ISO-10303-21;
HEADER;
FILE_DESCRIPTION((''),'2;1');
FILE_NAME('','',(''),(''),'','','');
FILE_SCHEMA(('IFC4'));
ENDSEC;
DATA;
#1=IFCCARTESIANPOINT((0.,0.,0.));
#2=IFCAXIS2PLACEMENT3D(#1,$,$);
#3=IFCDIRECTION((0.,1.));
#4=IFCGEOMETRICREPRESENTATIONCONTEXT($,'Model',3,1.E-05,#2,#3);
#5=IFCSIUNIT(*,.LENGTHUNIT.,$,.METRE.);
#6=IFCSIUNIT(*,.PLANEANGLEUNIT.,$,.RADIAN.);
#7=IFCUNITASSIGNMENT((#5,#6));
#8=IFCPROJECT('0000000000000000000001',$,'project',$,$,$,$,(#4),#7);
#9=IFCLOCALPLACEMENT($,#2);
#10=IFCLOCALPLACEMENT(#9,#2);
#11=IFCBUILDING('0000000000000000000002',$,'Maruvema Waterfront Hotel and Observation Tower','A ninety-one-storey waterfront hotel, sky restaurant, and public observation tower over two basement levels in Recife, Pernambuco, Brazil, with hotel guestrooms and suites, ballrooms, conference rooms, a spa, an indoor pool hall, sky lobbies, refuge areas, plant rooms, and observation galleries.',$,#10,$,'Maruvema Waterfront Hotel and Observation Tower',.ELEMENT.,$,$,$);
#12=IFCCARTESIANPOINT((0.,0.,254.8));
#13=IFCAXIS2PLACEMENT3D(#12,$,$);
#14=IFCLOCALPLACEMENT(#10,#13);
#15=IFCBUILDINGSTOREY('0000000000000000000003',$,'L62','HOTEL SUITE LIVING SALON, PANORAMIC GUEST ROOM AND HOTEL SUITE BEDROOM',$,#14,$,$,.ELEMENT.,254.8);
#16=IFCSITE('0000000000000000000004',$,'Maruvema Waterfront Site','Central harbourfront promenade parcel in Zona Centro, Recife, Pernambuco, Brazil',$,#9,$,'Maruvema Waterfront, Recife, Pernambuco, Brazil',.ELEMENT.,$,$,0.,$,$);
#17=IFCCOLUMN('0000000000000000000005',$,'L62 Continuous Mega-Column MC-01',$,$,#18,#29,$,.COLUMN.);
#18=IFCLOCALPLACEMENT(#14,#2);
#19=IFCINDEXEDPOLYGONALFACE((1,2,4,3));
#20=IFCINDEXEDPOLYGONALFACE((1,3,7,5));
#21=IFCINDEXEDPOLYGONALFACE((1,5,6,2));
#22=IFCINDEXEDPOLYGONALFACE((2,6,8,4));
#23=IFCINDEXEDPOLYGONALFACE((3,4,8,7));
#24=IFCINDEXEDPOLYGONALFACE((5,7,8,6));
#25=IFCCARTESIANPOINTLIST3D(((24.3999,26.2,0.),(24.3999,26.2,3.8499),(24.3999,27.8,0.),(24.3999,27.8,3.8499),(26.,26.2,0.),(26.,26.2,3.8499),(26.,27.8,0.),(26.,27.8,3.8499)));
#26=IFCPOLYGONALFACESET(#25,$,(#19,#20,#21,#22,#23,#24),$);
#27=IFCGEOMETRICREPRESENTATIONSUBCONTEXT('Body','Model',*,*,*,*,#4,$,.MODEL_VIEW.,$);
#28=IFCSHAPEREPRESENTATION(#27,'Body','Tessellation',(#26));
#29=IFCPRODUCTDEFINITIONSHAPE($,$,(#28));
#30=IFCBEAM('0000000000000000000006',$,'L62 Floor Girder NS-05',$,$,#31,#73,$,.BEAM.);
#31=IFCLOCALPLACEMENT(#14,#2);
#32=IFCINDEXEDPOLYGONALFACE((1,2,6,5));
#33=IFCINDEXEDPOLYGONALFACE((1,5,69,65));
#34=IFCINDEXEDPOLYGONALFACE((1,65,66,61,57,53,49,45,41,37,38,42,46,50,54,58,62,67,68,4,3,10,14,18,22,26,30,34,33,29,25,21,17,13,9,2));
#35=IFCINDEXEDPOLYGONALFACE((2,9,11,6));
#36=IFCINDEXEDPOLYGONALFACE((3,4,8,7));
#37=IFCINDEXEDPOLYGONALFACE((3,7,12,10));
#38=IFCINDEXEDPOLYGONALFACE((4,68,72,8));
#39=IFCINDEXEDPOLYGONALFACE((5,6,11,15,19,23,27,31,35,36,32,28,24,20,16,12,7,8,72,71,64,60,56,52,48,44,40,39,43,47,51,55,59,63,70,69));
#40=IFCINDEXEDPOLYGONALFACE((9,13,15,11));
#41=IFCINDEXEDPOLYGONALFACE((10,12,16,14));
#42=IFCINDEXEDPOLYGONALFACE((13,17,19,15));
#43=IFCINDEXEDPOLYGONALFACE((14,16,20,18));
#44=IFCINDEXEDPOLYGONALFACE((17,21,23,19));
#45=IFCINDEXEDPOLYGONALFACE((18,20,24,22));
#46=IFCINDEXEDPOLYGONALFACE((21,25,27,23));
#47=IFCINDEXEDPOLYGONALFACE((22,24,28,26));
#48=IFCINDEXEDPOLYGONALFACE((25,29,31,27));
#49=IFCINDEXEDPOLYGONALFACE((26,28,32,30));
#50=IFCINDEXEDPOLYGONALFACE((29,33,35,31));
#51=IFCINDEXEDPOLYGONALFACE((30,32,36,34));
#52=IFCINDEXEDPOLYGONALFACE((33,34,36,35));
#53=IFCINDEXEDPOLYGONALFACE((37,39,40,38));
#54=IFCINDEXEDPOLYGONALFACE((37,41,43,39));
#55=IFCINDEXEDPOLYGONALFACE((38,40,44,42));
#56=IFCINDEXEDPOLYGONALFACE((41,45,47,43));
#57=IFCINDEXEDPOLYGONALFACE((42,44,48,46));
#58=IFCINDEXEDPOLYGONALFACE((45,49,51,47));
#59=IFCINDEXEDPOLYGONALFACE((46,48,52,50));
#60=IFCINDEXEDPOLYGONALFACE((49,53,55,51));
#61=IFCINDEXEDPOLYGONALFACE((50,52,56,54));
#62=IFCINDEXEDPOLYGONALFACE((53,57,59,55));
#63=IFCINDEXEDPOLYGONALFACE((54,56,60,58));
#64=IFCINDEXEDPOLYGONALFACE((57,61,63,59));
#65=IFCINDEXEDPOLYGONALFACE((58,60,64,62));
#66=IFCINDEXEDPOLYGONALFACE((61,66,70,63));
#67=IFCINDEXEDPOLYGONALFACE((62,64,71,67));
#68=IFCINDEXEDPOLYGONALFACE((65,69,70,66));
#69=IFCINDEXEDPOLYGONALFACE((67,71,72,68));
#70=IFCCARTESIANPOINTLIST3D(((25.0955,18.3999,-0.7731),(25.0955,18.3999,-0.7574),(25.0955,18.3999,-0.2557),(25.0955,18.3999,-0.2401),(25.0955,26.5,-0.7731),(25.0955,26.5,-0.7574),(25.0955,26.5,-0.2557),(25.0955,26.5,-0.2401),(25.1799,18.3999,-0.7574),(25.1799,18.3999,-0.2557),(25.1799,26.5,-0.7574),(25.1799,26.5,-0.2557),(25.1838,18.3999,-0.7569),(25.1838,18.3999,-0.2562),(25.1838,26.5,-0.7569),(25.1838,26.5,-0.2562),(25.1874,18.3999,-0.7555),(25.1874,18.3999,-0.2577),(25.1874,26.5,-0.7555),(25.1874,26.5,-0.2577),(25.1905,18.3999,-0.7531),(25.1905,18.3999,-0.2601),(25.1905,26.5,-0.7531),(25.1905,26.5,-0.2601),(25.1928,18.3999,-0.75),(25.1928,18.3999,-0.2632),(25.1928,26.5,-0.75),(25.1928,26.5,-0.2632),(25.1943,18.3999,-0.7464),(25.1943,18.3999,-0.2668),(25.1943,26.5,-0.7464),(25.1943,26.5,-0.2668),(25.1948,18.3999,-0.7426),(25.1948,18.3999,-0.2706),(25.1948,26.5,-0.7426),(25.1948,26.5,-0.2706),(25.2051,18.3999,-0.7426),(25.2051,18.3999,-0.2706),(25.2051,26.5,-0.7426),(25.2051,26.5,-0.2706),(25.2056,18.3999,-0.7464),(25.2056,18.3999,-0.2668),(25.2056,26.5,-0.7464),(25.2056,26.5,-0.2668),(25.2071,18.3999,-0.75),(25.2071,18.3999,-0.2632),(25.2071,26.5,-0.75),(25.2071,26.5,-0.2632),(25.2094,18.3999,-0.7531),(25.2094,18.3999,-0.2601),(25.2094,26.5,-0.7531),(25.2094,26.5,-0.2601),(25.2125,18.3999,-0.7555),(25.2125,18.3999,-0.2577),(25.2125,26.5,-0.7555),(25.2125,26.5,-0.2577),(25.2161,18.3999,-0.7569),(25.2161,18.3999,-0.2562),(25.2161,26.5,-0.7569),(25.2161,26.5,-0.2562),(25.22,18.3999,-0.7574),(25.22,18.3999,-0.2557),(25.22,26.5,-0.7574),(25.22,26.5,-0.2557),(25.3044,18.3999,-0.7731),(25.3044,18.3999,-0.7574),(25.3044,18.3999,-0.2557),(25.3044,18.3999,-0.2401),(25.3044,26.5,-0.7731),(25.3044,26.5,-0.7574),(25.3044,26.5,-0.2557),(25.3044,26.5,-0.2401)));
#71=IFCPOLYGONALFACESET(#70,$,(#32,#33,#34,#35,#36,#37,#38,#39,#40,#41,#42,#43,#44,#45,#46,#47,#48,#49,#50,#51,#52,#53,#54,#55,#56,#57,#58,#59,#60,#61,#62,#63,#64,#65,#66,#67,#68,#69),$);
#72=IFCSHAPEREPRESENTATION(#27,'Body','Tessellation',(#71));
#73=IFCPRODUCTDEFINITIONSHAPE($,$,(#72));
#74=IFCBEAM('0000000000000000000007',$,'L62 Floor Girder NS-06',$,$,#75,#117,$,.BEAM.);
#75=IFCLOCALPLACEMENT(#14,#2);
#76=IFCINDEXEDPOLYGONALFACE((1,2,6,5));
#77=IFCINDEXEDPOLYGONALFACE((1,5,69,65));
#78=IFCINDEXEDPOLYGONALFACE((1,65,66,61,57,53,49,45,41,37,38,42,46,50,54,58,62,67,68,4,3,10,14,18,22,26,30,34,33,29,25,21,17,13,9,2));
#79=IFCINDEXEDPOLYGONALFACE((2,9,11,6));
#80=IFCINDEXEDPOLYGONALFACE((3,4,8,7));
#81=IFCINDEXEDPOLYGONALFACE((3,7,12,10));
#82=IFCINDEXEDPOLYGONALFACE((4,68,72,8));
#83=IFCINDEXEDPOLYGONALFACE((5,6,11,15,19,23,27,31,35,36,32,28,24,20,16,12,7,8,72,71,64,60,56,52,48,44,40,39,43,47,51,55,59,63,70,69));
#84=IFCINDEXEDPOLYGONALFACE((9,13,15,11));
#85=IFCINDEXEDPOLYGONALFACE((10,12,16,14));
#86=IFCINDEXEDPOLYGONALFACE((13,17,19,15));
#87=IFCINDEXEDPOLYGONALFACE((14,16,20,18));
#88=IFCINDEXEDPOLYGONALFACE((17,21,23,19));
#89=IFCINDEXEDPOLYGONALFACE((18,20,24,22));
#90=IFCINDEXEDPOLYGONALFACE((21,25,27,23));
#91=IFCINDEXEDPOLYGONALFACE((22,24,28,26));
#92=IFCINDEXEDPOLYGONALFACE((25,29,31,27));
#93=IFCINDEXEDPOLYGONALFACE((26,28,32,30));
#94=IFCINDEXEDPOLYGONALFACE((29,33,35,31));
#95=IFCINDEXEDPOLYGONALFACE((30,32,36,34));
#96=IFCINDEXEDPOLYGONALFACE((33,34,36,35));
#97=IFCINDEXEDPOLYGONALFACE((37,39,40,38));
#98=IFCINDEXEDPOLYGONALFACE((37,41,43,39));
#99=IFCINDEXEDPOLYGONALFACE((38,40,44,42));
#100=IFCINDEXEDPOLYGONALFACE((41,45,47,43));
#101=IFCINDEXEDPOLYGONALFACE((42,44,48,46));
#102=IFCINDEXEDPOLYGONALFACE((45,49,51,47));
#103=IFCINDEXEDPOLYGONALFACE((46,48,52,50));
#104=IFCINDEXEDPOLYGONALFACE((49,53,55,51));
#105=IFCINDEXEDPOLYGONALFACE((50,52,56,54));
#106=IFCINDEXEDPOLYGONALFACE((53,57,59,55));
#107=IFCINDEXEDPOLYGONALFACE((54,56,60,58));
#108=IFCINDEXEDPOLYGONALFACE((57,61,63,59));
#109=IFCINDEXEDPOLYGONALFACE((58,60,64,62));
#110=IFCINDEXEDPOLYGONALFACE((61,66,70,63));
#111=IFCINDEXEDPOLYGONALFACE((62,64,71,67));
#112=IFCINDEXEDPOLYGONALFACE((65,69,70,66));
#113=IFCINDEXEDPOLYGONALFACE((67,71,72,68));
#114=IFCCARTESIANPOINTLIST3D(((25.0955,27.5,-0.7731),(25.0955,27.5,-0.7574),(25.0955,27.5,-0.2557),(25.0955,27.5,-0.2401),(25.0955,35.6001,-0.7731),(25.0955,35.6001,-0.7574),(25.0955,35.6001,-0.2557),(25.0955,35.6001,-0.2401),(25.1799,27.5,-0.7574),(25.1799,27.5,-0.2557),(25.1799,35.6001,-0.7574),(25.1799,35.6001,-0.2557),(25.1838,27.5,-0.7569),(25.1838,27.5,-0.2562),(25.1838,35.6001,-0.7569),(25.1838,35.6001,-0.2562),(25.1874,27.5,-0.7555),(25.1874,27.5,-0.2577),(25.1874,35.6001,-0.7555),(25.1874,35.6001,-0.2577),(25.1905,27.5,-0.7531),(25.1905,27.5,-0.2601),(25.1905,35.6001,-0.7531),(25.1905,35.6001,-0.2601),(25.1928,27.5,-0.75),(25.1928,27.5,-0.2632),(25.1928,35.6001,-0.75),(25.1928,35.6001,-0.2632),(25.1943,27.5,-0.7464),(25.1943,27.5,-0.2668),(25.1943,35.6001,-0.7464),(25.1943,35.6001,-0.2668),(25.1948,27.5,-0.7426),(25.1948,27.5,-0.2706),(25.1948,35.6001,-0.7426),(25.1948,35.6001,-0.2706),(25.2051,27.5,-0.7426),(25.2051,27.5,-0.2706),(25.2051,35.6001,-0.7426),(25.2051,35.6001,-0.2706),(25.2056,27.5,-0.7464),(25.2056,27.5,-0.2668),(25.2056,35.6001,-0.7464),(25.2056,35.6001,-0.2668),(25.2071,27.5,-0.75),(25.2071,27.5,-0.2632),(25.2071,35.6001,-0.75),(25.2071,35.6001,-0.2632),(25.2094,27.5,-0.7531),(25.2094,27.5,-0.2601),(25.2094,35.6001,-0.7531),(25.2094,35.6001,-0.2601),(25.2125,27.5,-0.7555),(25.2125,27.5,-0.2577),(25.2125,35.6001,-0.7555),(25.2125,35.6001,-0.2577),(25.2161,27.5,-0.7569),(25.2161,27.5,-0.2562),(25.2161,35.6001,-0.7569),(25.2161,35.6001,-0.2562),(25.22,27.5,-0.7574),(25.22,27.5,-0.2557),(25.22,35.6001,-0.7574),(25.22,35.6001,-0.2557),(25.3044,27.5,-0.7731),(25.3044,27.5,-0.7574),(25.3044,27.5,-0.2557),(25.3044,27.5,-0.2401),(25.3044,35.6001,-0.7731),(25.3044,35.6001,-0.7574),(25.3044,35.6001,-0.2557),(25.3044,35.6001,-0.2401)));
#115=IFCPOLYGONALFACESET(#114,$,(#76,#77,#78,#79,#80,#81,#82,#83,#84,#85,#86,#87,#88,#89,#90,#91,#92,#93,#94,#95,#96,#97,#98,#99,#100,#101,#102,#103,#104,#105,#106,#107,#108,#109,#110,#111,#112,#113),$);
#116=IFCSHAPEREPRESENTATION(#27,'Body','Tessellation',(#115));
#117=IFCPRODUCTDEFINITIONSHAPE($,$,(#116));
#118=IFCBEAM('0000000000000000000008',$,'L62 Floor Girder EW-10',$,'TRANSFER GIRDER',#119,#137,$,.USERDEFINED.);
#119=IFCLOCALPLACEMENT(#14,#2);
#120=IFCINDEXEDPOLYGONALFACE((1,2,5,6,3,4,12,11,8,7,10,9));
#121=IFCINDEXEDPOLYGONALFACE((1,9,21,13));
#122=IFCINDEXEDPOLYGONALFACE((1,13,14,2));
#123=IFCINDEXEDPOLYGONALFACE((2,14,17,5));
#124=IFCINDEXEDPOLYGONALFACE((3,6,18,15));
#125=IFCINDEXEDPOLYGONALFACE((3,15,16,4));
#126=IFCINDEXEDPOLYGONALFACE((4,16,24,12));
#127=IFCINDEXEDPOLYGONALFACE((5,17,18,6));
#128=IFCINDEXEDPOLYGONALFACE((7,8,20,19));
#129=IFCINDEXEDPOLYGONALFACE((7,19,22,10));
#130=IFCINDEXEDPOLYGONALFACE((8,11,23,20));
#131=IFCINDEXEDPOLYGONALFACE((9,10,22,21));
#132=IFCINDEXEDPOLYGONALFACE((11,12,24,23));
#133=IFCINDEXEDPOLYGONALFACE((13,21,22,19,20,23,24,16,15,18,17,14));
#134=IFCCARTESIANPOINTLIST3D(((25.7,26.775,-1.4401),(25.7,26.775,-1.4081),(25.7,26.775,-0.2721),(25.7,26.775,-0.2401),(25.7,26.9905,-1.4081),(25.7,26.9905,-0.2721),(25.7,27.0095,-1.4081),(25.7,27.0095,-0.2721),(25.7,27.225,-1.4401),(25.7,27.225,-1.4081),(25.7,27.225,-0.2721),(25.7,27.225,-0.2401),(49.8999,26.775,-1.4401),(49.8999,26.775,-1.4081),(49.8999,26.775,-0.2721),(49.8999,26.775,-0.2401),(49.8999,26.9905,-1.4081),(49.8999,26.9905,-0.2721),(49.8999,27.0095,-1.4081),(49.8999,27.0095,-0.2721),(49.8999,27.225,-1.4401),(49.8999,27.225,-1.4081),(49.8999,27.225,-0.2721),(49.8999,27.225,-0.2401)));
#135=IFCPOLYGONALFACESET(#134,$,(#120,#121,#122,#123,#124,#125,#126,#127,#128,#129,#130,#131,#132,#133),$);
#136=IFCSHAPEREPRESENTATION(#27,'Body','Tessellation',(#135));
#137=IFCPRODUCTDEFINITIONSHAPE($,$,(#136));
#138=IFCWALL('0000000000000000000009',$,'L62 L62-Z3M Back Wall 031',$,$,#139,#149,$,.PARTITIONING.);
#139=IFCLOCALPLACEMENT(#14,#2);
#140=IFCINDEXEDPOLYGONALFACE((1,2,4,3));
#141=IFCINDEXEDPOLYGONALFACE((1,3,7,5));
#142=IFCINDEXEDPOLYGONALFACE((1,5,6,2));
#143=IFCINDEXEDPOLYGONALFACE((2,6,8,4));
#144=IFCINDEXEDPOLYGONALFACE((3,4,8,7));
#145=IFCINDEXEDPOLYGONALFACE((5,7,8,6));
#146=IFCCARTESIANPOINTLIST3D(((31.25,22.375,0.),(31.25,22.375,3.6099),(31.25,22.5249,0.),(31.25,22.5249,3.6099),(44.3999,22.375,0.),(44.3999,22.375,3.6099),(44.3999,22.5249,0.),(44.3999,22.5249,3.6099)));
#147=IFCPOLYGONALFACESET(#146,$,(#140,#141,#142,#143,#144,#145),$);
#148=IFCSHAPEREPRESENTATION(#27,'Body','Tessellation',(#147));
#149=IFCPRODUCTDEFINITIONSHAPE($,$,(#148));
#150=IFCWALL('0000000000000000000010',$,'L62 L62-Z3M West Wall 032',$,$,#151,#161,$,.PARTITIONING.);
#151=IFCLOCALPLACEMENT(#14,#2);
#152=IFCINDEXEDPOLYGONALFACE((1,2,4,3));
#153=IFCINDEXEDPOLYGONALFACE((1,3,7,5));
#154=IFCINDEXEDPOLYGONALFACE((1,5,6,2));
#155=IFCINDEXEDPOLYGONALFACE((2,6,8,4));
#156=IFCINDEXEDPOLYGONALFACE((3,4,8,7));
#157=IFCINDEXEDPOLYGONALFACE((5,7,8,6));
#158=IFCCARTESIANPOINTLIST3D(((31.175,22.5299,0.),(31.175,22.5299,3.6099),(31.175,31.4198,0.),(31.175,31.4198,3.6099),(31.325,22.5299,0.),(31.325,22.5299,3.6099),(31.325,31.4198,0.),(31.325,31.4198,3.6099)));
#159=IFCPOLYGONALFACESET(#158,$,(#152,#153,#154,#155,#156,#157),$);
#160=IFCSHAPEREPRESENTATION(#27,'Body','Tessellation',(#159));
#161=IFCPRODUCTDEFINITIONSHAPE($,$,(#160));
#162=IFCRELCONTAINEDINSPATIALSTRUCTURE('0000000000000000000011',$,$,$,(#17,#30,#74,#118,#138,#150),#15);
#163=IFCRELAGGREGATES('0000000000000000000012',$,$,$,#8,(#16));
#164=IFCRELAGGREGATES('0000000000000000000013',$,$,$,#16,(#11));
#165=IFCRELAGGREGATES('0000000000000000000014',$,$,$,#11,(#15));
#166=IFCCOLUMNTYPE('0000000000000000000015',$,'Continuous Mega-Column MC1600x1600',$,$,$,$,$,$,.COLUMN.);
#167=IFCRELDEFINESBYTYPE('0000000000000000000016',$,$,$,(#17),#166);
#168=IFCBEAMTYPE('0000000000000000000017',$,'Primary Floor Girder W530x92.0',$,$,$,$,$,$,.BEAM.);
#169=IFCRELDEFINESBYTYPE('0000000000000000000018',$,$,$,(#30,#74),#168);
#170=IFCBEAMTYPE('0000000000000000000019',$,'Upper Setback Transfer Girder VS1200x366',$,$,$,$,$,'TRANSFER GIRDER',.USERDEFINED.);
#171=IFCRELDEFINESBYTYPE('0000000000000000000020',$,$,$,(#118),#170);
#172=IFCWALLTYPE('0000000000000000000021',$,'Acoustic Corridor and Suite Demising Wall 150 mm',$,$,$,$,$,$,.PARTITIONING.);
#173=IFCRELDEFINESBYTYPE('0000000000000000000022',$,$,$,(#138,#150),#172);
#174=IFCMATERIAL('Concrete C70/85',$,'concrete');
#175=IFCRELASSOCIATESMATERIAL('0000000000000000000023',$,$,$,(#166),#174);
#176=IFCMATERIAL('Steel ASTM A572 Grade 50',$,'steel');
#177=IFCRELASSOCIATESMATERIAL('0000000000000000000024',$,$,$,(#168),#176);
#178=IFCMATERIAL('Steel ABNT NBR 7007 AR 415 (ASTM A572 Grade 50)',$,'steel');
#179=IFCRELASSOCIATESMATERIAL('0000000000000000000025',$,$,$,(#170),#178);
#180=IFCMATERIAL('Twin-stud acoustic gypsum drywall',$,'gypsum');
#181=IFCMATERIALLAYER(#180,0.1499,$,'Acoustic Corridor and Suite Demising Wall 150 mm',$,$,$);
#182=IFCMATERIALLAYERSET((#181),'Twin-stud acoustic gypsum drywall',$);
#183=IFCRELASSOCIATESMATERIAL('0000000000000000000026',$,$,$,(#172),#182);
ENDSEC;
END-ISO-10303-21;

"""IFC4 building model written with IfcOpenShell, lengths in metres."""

from ifc_helpers import new_model, si_unit, direction, frame, frame_2d, origin, origin_2d, place, context, subcontext, project, spatial, rectangle, i_section, extrude, material, layer, layer_set, material_profile, profile_set, type_object, element, save


model = new_model("IFC4")

# Units and contexts
model_context = context("Model", 3, precision=1e-05, world=origin(), true_north=direction((0.0, 1.0)))
body_context = subcontext(model_context, "Body", "Model", "MODEL_VIEW")
ifc_project = project(units=[si_unit("LENGTHUNIT", "METRE"), si_unit("PLANEANGLEUNIT", "RADIAN")], contexts=[model_context])

# Site, building, storey
site_placement = place(None, origin())
site = spatial("IfcSite", under=ifc_project, at=site_placement, Name="Maruvema Waterfront Site", Description="Central harbourfront promenade parcel in Zona Centro, Recife, Pernambuco, Brazil", LongName="Maruvema Waterfront, Recife, Pernambuco, Brazil", CompositionType="ELEMENT", RefElevation=0.0)
building_placement = place(site_placement, origin())
building = spatial("IfcBuilding", under=site, at=building_placement, Name="Maruvema Waterfront Hotel and Observation Tower", Description="A ninety-one-storey waterfront hotel, sky restaurant, and public observation tower over two basement levels in Recife, Pernambuco, Brazil, with hotel guestrooms and suites, ballrooms, conference rooms, a spa, an indoor pool hall, sky lobbies, refuge areas, plant rooms, and observation galleries.", LongName="Maruvema Waterfront Hotel and Observation Tower", CompositionType="ELEMENT")
storey_placement = place(building_placement, frame((0.0, 0.0, 254.8)))
storey = spatial("IfcBuildingStorey", under=building, at=storey_placement, Name="L62", Description="HOTEL SUITE LIVING SALON, PANORAMIC GUEST ROOM AND HOTEL SUITE BEDROOM", CompositionType="ELEMENT", Elevation=254.8)

# Column
ifc_material_1 = material(Name="Concrete C70/85", Category="concrete")
ifc_material_profile_1 = material_profile(ifc_material_1, rectangle(XDim=1.6001, YDim=1.6001, at=origin_2d()), Name="MC1600x1600")
ifc_profile_set_1 = profile_set([ifc_material_profile_1], Name="Concrete C70/85")
column_type = type_object("IfcColumnType", Name="Continuous Mega-Column MC1600x1600", PredefinedType="COLUMN", material=ifc_profile_set_1)
column_placement = place(storey_placement, frame((25.2, 27.0, 0.0), z_axis=(0.0, 0.0, 1.0), x_axis=(1.0, 0.0, 0.0)))
element("IfcColumn", 1, at=column_placement, inside=storey, type_object=column_type, Name="L62 Continuous Mega-Column MC-01", PredefinedType="COLUMN", context=body_context, shape_type="SweptSolid", body=[
    extrude(rectangle(XDim=1.6001, YDim=1.6001, at=origin_2d()), origin(), (0.0, 0.0, 1.0), 3.8499),
])

# Beams
ifc_material_2 = material(Name="Steel ASTM A572 Grade 50", Category="steel")
ifc_material_profile_2 = material_profile(ifc_material_2, i_section(OverallWidth=0.209, OverallDepth=0.533, WebThickness=0.0103, FlangeThickness=0.0156, FilletRadius=0.0149, at=origin_2d()), Name="W530x92.0")
ifc_profile_set_2 = profile_set([ifc_material_profile_2], Name="Steel ASTM A572 Grade 50")
beam_type_1 = type_object("IfcBeamType", Name="Primary Floor Girder W530x92.0", PredefinedType="BEAM", material=ifc_profile_set_2)
for number, where, z_axis, x_axis, name in (
    (2, (25.2, 18.3999, -0.5066), (0.0, 1.0, 0.0), (-1.0, 0.0, 0.0), "L62 Floor Girder NS-05"),
    (3, (25.2, 27.5, -0.5066), (0.0, 1.0, 0.0), (-1.0, 0.0, 0.0), "L62 Floor Girder NS-06"),
):
    element("IfcBeam", number, at=place(storey_placement, frame(where, z_axis=z_axis, x_axis=x_axis)), inside=storey, type_object=beam_type_1, Name=name, PredefinedType="BEAM", context=body_context, shape_type="SweptSolid", body=[
        extrude(i_section(OverallWidth=0.209, OverallDepth=0.533, WebThickness=0.0103, FlangeThickness=0.0156, FilletRadius=0.0149, at=origin_2d()), origin(), (0.0, 0.0, 1.0), 8.1001),
    ])
ifc_material_3 = material(Name="Steel ABNT NBR 7007 AR 415 (ASTM A572 Grade 50)", Category="steel")
ifc_material_profile_3 = material_profile(ifc_material_3, i_section(OverallWidth=0.45, OverallDepth=1.2, WebThickness=0.019, FlangeThickness=0.032, at=origin_2d()), Name="VS1200x366")
ifc_profile_set_3 = profile_set([ifc_material_profile_3], Name="Steel ABNT NBR 7007 AR 415 (ASTM A572 Grade 50)")
beam_type_2 = type_object("IfcBeamType", Name="Upper Setback Transfer Girder VS1200x366", ElementType="TRANSFER GIRDER", PredefinedType="USERDEFINED", material=ifc_profile_set_3)
beam_placement = place(storey_placement, frame((25.7, 27.0, -0.8401), z_axis=(1.0, 0.0, 0.0), x_axis=(0.0, 1.0, 0.0)))
element("IfcBeam", 4, at=beam_placement, inside=storey, type_object=beam_type_2, Name="L62 Floor Girder EW-10", ObjectType="TRANSFER GIRDER", PredefinedType="USERDEFINED", context=body_context, shape_type="SweptSolid", body=[
    extrude(i_section(OverallWidth=0.45, OverallDepth=1.2, WebThickness=0.019, FlangeThickness=0.032, at=origin_2d()), origin(), (0.0, 0.0, 1.0), 24.2),
])

# Walls
ifc_material_4 = material(Name="Twin-stud acoustic gypsum drywall", Category="gypsum")
ifc_layer_1 = layer(ifc_material_4, 0.1499, Name="Acoustic Corridor and Suite Demising Wall 150 mm")
ifc_layer_set_1 = layer_set([ifc_layer_1], Name="Twin-stud acoustic gypsum drywall")
wall_type_1 = type_object("IfcWallType", Name="Acoustic Corridor and Suite Demising Wall 150 mm", PredefinedType="PARTITIONING", material=ifc_layer_set_1)
wall_1_placement = place(storey_placement, frame((31.25, 22.45, 0.0), z_axis=(0.0, 0.0, 1.0), x_axis=(1.0, 0.0, 0.0)))
element("IfcWall", 5, at=wall_1_placement, inside=storey, type_object=wall_type_1, Name="L62 L62-Z3M Back Wall 031", PredefinedType="PARTITIONING", context=body_context, shape_type="SweptSolid", body=[
    extrude(rectangle(XDim=13.1499, YDim=0.1499, at=frame_2d((6.575, 0.0))), origin(), (0.0, 0.0, 1.0), 3.6099),
])
wall_2_placement = place(storey_placement, frame((31.25, 22.53, 0.0), z_axis=(0.0, 0.0, 1.0), x_axis=(0.0, 1.0, 0.0)))
element("IfcWall", 6, at=wall_2_placement, inside=storey, type_object=wall_type_1, Name="L62 L62-Z3M West Wall 032", PredefinedType="PARTITIONING", context=body_context, shape_type="SweptSolid", body=[
    extrude(rectangle(XDim=8.8899, YDim=0.1499, at=frame_2d((4.4448, 0.0))), origin(), (0.0, 0.0, 1.0), 3.6099),
])

save(model, "model.ifc")
